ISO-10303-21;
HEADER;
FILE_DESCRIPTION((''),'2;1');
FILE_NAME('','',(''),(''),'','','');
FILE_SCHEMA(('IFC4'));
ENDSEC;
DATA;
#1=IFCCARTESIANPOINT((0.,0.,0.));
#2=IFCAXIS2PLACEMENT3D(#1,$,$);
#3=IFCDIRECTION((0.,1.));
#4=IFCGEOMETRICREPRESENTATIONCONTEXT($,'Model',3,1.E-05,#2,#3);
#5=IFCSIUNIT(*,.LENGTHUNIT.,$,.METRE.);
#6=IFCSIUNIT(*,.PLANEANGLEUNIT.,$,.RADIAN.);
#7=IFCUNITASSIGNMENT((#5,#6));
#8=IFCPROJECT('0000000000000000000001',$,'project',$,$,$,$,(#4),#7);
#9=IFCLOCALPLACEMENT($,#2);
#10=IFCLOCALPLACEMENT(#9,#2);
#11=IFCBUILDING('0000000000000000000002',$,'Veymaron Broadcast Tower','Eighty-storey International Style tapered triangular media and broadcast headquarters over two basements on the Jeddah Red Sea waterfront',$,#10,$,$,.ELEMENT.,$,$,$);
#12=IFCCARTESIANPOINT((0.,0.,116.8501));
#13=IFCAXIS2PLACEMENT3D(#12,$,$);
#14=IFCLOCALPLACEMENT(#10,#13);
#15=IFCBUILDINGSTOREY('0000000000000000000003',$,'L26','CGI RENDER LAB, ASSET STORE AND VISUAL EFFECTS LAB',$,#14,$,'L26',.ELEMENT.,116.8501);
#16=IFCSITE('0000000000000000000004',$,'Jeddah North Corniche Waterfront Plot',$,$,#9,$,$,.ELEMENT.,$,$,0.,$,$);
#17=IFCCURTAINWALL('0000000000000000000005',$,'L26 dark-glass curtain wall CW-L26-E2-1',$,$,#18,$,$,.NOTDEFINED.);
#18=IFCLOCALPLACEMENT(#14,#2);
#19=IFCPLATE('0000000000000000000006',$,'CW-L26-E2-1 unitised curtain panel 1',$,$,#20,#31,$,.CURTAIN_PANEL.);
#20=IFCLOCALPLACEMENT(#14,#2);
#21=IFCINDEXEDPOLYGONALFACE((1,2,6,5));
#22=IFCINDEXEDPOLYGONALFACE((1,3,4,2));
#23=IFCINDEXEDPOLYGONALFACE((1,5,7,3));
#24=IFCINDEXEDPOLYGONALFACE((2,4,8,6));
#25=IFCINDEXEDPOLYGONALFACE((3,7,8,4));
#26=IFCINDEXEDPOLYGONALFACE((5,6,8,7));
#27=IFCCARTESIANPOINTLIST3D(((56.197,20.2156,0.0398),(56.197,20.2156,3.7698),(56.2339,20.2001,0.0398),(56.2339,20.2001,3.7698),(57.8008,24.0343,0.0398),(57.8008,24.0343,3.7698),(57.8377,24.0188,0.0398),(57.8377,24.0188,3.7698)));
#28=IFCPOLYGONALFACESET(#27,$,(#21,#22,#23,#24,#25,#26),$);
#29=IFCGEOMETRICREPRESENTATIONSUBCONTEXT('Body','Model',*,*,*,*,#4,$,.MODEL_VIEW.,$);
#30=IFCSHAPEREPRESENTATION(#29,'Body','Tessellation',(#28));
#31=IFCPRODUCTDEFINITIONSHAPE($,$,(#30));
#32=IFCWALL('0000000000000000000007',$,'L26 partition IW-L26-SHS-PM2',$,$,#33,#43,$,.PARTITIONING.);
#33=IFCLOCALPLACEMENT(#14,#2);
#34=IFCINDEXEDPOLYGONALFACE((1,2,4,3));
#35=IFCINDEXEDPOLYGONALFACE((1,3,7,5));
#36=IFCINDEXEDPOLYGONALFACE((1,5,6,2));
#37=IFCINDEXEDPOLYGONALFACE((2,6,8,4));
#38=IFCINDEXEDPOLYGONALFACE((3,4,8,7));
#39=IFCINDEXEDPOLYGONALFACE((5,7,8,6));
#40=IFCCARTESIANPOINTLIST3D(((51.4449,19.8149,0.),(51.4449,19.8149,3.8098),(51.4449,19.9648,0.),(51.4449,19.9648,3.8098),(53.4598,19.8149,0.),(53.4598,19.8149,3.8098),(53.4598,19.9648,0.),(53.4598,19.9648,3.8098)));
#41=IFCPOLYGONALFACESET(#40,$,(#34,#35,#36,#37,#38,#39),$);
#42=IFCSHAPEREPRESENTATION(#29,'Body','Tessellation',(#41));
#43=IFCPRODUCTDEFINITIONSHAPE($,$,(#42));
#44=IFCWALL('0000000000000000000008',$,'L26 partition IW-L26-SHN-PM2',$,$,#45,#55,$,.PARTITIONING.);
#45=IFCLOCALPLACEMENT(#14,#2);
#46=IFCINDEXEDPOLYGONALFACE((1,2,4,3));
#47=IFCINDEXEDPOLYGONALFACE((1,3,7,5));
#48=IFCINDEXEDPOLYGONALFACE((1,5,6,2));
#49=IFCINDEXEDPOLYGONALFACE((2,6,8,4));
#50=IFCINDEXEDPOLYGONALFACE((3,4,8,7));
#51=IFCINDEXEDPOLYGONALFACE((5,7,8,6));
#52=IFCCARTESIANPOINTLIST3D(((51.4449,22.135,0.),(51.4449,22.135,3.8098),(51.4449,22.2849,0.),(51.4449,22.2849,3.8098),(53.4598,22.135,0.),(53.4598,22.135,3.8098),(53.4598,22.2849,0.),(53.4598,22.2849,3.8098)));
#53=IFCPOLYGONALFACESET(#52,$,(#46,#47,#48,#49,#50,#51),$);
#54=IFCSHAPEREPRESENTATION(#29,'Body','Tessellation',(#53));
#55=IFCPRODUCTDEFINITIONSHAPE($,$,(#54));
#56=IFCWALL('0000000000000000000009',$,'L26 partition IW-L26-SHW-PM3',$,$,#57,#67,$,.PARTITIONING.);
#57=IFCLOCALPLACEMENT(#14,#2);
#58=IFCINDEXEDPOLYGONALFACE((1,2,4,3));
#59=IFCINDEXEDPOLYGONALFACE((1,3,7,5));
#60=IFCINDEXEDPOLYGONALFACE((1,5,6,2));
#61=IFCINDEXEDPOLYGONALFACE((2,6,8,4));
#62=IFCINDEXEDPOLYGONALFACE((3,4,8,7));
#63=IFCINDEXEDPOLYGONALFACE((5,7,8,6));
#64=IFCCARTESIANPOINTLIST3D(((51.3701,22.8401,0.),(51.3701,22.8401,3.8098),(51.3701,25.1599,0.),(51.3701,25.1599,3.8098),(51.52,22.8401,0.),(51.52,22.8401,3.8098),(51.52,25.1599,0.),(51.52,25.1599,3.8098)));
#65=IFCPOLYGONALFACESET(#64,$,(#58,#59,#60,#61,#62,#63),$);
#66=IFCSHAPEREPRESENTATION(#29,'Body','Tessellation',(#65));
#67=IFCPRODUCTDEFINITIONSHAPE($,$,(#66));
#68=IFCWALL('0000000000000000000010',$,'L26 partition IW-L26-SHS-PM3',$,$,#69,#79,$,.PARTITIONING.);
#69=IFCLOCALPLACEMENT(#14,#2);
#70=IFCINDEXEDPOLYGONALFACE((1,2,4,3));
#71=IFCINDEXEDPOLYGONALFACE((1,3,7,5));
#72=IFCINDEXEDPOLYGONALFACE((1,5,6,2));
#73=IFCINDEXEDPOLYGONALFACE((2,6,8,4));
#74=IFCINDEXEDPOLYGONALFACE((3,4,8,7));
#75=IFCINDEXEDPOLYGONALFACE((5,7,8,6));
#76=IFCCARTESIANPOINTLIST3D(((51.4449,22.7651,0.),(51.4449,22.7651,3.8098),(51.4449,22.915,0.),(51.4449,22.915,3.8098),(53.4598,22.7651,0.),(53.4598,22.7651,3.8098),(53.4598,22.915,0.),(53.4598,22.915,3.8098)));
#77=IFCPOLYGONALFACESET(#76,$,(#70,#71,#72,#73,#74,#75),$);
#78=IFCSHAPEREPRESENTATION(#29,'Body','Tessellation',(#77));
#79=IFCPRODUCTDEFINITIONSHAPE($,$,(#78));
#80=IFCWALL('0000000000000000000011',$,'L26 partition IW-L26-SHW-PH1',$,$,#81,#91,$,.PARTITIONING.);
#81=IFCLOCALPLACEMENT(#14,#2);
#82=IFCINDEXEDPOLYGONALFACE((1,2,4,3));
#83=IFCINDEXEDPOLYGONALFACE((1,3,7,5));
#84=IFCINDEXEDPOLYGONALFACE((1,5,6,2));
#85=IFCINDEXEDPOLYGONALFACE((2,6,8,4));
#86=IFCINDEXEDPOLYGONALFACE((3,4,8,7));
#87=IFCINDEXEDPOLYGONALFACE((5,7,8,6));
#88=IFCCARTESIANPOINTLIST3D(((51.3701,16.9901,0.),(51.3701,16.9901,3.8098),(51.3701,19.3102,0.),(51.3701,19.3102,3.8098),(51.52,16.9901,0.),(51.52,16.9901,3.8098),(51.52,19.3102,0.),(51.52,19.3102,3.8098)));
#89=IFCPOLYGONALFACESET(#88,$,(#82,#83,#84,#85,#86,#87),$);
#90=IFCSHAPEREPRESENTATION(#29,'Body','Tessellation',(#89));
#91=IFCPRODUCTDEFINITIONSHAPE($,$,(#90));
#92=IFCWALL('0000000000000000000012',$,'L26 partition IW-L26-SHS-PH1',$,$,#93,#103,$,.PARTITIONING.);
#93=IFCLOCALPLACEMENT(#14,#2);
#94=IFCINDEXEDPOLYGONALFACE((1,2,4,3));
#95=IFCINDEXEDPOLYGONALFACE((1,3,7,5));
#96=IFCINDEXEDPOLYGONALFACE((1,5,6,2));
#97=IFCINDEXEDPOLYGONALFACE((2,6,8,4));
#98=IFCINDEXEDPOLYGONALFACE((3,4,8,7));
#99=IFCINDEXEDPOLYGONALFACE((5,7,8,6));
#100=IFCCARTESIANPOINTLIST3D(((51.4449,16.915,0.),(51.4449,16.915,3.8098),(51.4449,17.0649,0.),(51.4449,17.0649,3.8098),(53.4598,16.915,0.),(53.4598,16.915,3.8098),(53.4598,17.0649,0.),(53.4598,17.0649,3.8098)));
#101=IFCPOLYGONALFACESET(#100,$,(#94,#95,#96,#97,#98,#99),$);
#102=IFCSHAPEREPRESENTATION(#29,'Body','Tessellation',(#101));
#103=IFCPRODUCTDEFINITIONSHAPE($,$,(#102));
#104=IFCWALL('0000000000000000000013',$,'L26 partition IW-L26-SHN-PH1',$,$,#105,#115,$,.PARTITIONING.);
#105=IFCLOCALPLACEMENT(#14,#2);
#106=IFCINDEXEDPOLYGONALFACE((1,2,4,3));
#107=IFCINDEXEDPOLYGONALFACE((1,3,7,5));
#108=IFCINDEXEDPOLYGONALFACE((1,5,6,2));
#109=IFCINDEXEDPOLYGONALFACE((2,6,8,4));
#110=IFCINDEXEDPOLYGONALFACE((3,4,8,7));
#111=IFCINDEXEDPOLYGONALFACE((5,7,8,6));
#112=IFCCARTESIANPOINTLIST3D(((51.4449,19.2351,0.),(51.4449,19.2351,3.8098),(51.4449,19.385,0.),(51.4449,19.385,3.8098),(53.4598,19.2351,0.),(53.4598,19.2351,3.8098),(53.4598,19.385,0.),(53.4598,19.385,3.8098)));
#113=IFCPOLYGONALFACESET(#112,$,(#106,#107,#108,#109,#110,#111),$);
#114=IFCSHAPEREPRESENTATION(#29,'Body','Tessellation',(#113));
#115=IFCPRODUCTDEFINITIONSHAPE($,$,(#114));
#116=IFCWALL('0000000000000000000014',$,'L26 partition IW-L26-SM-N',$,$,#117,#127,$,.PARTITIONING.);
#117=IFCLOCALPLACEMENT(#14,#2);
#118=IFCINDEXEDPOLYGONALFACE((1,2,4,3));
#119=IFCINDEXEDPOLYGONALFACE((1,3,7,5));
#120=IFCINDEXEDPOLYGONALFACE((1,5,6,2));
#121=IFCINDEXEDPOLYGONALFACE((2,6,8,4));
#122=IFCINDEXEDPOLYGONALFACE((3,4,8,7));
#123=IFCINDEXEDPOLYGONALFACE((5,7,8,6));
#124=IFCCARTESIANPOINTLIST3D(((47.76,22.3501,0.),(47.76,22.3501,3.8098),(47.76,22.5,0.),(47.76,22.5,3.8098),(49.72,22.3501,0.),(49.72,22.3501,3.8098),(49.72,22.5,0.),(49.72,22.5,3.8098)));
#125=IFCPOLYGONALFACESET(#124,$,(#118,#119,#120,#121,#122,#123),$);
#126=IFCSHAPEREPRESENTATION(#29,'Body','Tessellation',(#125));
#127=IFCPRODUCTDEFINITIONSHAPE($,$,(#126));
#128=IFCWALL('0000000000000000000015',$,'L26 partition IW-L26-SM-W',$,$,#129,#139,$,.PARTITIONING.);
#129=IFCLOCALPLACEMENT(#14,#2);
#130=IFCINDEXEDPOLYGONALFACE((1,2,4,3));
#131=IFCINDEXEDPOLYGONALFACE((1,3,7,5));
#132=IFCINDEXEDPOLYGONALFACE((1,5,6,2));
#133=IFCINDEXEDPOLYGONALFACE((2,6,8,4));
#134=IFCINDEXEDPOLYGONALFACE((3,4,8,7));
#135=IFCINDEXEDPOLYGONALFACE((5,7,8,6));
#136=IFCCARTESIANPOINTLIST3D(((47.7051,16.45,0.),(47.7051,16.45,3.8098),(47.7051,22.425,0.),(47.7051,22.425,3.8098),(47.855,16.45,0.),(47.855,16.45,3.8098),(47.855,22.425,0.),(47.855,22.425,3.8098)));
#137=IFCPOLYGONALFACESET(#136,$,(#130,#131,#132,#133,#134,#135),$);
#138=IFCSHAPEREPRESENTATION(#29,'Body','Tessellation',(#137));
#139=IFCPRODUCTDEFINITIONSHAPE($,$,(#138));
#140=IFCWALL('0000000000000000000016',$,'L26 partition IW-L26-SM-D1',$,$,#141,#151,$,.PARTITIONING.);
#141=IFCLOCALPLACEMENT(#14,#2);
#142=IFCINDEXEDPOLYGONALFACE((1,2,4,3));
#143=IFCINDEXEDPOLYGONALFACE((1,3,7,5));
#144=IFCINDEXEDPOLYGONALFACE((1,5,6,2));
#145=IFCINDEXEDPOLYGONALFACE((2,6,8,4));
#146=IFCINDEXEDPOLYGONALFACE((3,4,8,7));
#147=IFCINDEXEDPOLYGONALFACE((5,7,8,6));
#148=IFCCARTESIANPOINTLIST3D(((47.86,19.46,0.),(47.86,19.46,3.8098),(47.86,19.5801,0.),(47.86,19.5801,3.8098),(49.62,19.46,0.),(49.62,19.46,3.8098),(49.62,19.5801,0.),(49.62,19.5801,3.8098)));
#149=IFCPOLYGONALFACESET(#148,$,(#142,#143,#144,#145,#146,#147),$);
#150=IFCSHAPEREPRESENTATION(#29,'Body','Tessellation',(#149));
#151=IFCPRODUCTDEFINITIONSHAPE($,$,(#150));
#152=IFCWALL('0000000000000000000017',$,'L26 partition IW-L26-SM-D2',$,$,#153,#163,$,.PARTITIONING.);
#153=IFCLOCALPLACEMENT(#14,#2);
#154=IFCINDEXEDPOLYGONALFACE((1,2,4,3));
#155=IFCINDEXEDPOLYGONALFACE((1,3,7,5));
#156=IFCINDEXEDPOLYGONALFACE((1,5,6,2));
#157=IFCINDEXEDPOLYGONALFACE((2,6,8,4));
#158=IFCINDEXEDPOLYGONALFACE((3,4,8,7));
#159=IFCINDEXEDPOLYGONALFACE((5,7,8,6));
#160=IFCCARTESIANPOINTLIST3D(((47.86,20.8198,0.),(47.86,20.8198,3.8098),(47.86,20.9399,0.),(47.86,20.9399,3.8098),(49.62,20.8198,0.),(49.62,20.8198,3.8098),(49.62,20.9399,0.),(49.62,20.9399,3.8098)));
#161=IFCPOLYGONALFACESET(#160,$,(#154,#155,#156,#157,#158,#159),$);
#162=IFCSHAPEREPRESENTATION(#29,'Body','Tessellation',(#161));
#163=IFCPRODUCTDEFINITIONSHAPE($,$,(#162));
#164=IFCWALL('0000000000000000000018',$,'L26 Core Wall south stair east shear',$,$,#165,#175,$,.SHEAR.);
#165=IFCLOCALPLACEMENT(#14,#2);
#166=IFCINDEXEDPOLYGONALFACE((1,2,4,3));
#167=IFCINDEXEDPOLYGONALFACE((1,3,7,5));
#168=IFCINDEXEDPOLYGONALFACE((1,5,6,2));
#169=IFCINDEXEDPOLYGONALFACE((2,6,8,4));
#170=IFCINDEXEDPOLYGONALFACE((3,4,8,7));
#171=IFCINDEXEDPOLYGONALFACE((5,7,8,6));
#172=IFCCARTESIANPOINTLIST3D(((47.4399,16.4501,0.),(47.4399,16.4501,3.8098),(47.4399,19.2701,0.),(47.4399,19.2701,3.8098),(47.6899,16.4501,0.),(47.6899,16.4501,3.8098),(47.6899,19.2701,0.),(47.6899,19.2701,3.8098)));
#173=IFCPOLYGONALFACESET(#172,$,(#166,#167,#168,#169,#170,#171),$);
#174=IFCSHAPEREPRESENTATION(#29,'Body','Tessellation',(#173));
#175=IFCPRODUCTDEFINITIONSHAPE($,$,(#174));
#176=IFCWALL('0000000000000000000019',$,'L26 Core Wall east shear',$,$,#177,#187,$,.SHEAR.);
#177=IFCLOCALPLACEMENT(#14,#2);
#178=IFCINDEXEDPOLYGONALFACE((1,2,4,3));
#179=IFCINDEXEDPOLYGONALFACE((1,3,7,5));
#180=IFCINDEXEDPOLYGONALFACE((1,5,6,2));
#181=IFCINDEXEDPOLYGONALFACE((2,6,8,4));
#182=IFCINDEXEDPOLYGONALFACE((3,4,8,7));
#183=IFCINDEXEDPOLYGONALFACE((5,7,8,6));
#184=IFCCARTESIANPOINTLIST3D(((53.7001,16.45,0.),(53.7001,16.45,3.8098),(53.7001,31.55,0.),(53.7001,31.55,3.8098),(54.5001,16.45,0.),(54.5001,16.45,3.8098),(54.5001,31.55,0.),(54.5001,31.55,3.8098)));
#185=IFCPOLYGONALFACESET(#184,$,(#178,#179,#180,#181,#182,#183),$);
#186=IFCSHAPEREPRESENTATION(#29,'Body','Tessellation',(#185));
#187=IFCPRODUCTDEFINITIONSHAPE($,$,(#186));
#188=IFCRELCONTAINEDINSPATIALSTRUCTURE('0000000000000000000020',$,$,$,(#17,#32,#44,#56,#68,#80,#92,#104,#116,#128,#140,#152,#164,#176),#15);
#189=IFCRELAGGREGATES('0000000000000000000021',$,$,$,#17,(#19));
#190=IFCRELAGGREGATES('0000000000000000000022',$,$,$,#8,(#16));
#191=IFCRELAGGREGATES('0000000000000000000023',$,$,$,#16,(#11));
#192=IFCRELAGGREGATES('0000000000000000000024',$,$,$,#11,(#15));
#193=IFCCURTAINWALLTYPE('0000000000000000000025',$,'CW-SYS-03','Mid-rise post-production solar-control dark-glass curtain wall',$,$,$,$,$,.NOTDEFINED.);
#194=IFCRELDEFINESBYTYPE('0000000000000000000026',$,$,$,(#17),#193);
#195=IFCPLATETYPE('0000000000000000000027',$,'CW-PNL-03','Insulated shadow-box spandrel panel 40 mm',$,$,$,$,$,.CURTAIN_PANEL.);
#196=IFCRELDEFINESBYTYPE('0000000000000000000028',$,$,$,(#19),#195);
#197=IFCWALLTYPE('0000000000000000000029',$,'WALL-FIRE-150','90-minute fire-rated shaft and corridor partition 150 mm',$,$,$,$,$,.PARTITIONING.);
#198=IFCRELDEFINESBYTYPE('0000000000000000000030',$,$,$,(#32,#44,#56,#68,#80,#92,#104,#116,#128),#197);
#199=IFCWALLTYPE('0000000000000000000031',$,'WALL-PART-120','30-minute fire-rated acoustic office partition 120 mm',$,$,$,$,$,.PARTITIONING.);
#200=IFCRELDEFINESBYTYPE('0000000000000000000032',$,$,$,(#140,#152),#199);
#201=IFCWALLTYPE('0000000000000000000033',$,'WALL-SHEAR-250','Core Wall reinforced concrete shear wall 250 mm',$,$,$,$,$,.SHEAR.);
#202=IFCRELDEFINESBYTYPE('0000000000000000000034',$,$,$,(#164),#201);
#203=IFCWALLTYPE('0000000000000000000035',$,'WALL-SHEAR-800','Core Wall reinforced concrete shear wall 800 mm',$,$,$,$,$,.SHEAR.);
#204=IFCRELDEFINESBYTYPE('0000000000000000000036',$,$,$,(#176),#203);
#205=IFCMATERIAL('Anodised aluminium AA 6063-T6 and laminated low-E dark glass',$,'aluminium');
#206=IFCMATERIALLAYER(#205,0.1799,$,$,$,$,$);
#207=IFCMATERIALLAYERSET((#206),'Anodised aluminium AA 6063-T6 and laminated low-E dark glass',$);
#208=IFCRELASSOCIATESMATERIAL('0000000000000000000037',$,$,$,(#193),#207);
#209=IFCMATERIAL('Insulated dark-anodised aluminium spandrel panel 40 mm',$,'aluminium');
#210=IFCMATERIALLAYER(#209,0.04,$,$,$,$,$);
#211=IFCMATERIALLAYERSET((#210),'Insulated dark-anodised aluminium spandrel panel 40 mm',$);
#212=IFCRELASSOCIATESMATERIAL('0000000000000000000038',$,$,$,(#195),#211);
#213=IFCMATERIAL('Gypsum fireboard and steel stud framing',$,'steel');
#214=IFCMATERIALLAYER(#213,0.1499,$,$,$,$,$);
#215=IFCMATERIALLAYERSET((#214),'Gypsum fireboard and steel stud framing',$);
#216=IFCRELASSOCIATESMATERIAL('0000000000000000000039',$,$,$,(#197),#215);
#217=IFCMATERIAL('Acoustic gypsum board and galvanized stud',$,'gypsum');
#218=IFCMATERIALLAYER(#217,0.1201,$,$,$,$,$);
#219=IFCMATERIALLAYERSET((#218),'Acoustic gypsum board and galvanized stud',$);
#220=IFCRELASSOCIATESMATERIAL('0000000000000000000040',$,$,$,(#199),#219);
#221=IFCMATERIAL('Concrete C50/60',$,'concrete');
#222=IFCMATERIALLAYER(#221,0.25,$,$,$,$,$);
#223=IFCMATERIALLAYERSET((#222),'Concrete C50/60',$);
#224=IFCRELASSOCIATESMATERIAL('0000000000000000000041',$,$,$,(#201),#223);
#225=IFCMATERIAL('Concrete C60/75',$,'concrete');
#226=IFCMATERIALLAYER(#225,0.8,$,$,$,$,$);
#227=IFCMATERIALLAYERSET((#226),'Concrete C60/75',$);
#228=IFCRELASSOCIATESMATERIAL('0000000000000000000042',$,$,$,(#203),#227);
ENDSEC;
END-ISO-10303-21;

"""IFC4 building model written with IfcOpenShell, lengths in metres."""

from ifc_helpers import new_model, si_unit, direction, frame, frame_2d, origin, origin_2d, place, context, subcontext, project, spatial, rectangle, extrude, material, layer, layer_set, type_object, element, aggregate, save


model = new_model("IFC4")

# Units and contexts
model_context = context("Model", 3, precision=1e-05, world=origin(), true_north=direction((0.0, 1.0)))
body_context = subcontext(model_context, "Body", "Model", "MODEL_VIEW")
ifc_project = project(units=[si_unit("LENGTHUNIT", "METRE"), si_unit("PLANEANGLEUNIT", "RADIAN")], contexts=[model_context])

# Site, building, storey
site_placement = place(None, origin())
site = spatial("IfcSite", under=ifc_project, at=site_placement, Name="Jeddah North Corniche Waterfront Plot", CompositionType="ELEMENT", RefElevation=0.0)
building_placement = place(site_placement, origin())
building = spatial("IfcBuilding", under=site, at=building_placement, Name="Veymaron Broadcast Tower", Description="Eighty-storey International Style tapered triangular media and broadcast headquarters over two basements on the Jeddah Red Sea waterfront", CompositionType="ELEMENT")
storey_placement = place(building_placement, frame((0.0, 0.0, 116.8501)))
storey = spatial("IfcBuildingStorey", under=building, at=storey_placement, Name="L26", Description="CGI RENDER LAB, ASSET STORE AND VISUAL EFFECTS LAB", LongName="L26", CompositionType="ELEMENT", Elevation=116.8501)

# Curtain wall
ifc_material_1 = material(Name="Anodised aluminium AA 6063-T6 and laminated low-E dark glass", Category="aluminium")
ifc_layer_1 = layer(ifc_material_1, 0.1799)
ifc_layer_set_1 = layer_set([ifc_layer_1], Name="Anodised aluminium AA 6063-T6 and laminated low-E dark glass")
curtain_wall_type = type_object("IfcCurtainWallType", Name="CW-SYS-03", Description="Mid-rise post-production solar-control dark-glass curtain wall", PredefinedType="NOTDEFINED", material=ifc_layer_set_1)
curtain_wall_1_placement = place(storey_placement, origin())
curtain_wall_1 = element("IfcCurtainWall", 1, at=curtain_wall_1_placement, inside=storey, type_object=curtain_wall_type, Name="L26 dark-glass curtain wall CW-L26-E2-1", PredefinedType="NOTDEFINED")

# Plate
ifc_material_2 = material(Name="Insulated dark-anodised aluminium spandrel panel 40 mm", Category="aluminium")
ifc_layer_2 = layer(ifc_material_2, 0.04)
ifc_layer_set_2 = layer_set([ifc_layer_2], Name="Insulated dark-anodised aluminium spandrel panel 40 mm")
plate_type = type_object("IfcPlateType", Name="CW-PNL-03", Description="Insulated shadow-box spandrel panel 40 mm", PredefinedType="CURTAIN_PANEL", material=ifc_layer_set_2)
plate_1_placement = place(storey_placement, frame((57.0173, 22.1172, 0.0398), z_axis=(0.0, 0.0, 1.0), x_axis=(0.387226, 0.921985, 0.0)))
plate_1 = element("IfcPlate", 2, at=plate_1_placement, type_object=plate_type, Name="CW-L26-E2-1 unitised curtain panel 1", PredefinedType="CURTAIN_PANEL", context=body_context, shape_type="SweptSolid", body=[
    extrude(rectangle(XDim=4.1418, YDim=0.04, at=origin_2d()), origin(), (0.0, 0.0, 1.0), 3.73),
])
aggregate(curtain_wall_1, [plate_1])

# Shared definitions
ifc_material_3 = material(Name="Gypsum fireboard and steel stud framing", Category="steel")
ifc_layer_3 = layer(ifc_material_3, 0.1499)
ifc_layer_set_3 = layer_set([ifc_layer_3], Name="Gypsum fireboard and steel stud framing")
wall_type_1 = type_object("IfcWallType", Name="WALL-FIRE-150", Description="90-minute fire-rated shaft and corridor partition 150 mm", PredefinedType="PARTITIONING", material=ifc_layer_set_3)

# Walls
for number, where, z_axis, x_axis, name in (
    (3, (51.4451, 19.8899, 0.0), (0.0, 0.0, 1.0), (1.0, 0.0, 0.0), "L26 partition IW-L26-SHS-PM2"),
    (4, (51.4451, 22.21, 0.0), (0.0, 0.0, 1.0), (1.0, 0.0, 0.0), "L26 partition IW-L26-SHN-PM2"),
):
    element("IfcWall", number, at=place(storey_placement, frame(where, z_axis=z_axis, x_axis=x_axis)), inside=storey, type_object=wall_type_1, Name=name, PredefinedType="PARTITIONING", context=body_context, shape_type="SweptSolid", body=[
        extrude(rectangle(XDim=2.0149, YDim=0.1499, at=frame_2d((1.0073, 0.0))), origin(), (0.0, 0.0, 1.0), 3.8098),
    ])
wall_1_placement = place(storey_placement, frame((51.4451, 22.8401, 0.0), z_axis=(0.0, 0.0, 1.0), x_axis=(0.0, 1.0, 0.0)))
element("IfcWall", 5, at=wall_1_placement, inside=storey, type_object=wall_type_1, Name="L26 partition IW-L26-SHW-PM3", PredefinedType="PARTITIONING", context=body_context, shape_type="SweptSolid", body=[
    extrude(rectangle(XDim=2.3198, YDim=0.1499, at=frame_2d((1.1599, 0.0))), origin(), (0.0, 0.0, 1.0), 3.8098),
])
wall_2_placement = place(storey_placement, frame((51.4451, 22.8401, 0.0), z_axis=(0.0, 0.0, 1.0), x_axis=(1.0, 0.0, 0.0)))
element("IfcWall", 6, at=wall_2_placement, inside=storey, type_object=wall_type_1, Name="L26 partition IW-L26-SHS-PM3", PredefinedType="PARTITIONING", context=body_context, shape_type="SweptSolid", body=[
    extrude(rectangle(XDim=2.0149, YDim=0.1499, at=frame_2d((1.0073, 0.0))), origin(), (0.0, 0.0, 1.0), 3.8098),
])
wall_3_placement = place(storey_placement, frame((51.4451, 16.99, 0.0), z_axis=(0.0, 0.0, 1.0), x_axis=(0.0, 1.0, 0.0)))
element("IfcWall", 7, at=wall_3_placement, inside=storey, type_object=wall_type_1, Name="L26 partition IW-L26-SHW-PH1", PredefinedType="PARTITIONING", context=body_context, shape_type="SweptSolid", body=[
    extrude(rectangle(XDim=2.3201, YDim=0.1499, at=frame_2d((1.1602, 0.0))), origin(), (0.0, 0.0, 1.0), 3.8098),
])
for number, where, z_axis, x_axis, name in (
    (8, (51.4451, 16.99, 0.0), (0.0, 0.0, 1.0), (1.0, 0.0, 0.0), "L26 partition IW-L26-SHS-PH1"),
    (9, (51.4451, 19.3101, 0.0), (0.0, 0.0, 1.0), (1.0, 0.0, 0.0), "L26 partition IW-L26-SHN-PH1"),
):
    element("IfcWall", number, at=place(storey_placement, frame(where, z_axis=z_axis, x_axis=x_axis)), inside=storey, type_object=wall_type_1, Name=name, PredefinedType="PARTITIONING", context=body_context, shape_type="SweptSolid", body=[
        extrude(rectangle(XDim=2.0149, YDim=0.1499, at=frame_2d((1.0073, 0.0))), origin(), (0.0, 0.0, 1.0), 3.8098),
    ])

# Walls
wall_4_placement = place(storey_placement, frame((47.76, 22.425, 0.0), z_axis=(0.0, 0.0, 1.0), x_axis=(1.0, 0.0, 0.0)))
element("IfcWall", 10, at=wall_4_placement, inside=storey, type_object=wall_type_1, Name="L26 partition IW-L26-SM-N", PredefinedType="PARTITIONING", context=body_context, shape_type="SweptSolid", body=[
    extrude(rectangle(XDim=1.96, YDim=0.1499, at=frame_2d((0.98, 0.0))), origin(), (0.0, 0.0, 1.0), 3.8098),
])
wall_5_placement = place(storey_placement, frame((47.78, 16.45, 0.0), z_axis=(0.0, 0.0, 1.0), x_axis=(0.0, 1.0, 0.0)))
element("IfcWall", 11, at=wall_5_placement, inside=storey, type_object=wall_type_1, Name="L26 partition IW-L26-SM-W", PredefinedType="PARTITIONING", context=body_context, shape_type="SweptSolid", body=[
    extrude(rectangle(XDim=5.9751, YDim=0.1499, at=frame_2d((2.9875, 0.0))), origin(), (0.0, 0.0, 1.0), 3.8098),
])
ifc_material_4 = material(Name="Acoustic gypsum board and galvanized stud", Category="gypsum")
ifc_layer_4 = layer(ifc_material_4, 0.1201)
ifc_layer_set_4 = layer_set([ifc_layer_4], Name="Acoustic gypsum board and galvanized stud")
wall_type_2 = type_object("IfcWallType", Name="WALL-PART-120", Description="30-minute fire-rated acoustic office partition 120 mm", PredefinedType="PARTITIONING", material=ifc_layer_set_4)
for number, where, z_axis, x_axis, name in (
    (12, (47.8601, 19.52, 0.0), (0.0, 0.0, 1.0), (1.0, 0.0, 0.0), "L26 partition IW-L26-SM-D1"),
    (13, (47.8601, 20.8799, 0.0), (0.0, 0.0, 1.0), (1.0, 0.0, 0.0), "L26 partition IW-L26-SM-D2"),
):
    element("IfcWall", number, at=place(storey_placement, frame(where, z_axis=z_axis, x_axis=x_axis)), inside=storey, type_object=wall_type_2, Name=name, PredefinedType="PARTITIONING", context=body_context, shape_type="SweptSolid", body=[
        extrude(rectangle(XDim=1.76, YDim=0.1201, at=frame_2d((0.8799, 0.0))), origin(), (0.0, 0.0, 1.0), 3.8098),
    ])

# Walls
ifc_material_5 = material(Name="Concrete C50/60", Category="concrete")
ifc_layer_5 = layer(ifc_material_5, 0.25)
ifc_layer_set_5 = layer_set([ifc_layer_5], Name="Concrete C50/60")
wall_type_3 = type_object("IfcWallType", Name="WALL-SHEAR-250", Description="Core Wall reinforced concrete shear wall 250 mm", PredefinedType="SHEAR", material=ifc_layer_set_5)
wall_6_placement = place(storey_placement, frame((47.5649, 16.45, 0.0), z_axis=(0.0, 0.0, 1.0), x_axis=(0.0, 1.0, 0.0)))
element("IfcWall", 14, at=wall_6_placement, inside=storey, type_object=wall_type_3, Name="L26 Core Wall south stair east shear", PredefinedType="SHEAR", context=body_context, shape_type="SweptSolid", body=[
    extrude(rectangle(XDim=2.8201, YDim=0.25, at=frame_2d((1.4102, 0.0))), origin(), (0.0, 0.0, 1.0), 3.8098),
])
ifc_material_6 = material(Name="Concrete C60/75", Category="concrete")
ifc_layer_6 = layer(ifc_material_6, 0.8)
ifc_layer_set_6 = layer_set([ifc_layer_6], Name="Concrete C60/75")
wall_type_4 = type_object("IfcWallType", Name="WALL-SHEAR-800", Description="Core Wall reinforced concrete shear wall 800 mm", PredefinedType="SHEAR", material=ifc_layer_set_6)
wall_7_placement = place(storey_placement, frame((54.1001, 16.45, 0.0), z_axis=(0.0, 0.0, 1.0), x_axis=(0.0, 1.0, 0.0)))
element("IfcWall", 15, at=wall_7_placement, inside=storey, type_object=wall_type_4, Name="L26 Core Wall east shear", PredefinedType="SHEAR", context=body_context, shape_type="SweptSolid", body=[
    extrude(rectangle(XDim=15.1001, YDim=0.8, at=frame_2d((7.55, 0.0))), origin(), (0.0, 0.0, 1.0), 3.8098),
])

save(model, "model.ifc")
